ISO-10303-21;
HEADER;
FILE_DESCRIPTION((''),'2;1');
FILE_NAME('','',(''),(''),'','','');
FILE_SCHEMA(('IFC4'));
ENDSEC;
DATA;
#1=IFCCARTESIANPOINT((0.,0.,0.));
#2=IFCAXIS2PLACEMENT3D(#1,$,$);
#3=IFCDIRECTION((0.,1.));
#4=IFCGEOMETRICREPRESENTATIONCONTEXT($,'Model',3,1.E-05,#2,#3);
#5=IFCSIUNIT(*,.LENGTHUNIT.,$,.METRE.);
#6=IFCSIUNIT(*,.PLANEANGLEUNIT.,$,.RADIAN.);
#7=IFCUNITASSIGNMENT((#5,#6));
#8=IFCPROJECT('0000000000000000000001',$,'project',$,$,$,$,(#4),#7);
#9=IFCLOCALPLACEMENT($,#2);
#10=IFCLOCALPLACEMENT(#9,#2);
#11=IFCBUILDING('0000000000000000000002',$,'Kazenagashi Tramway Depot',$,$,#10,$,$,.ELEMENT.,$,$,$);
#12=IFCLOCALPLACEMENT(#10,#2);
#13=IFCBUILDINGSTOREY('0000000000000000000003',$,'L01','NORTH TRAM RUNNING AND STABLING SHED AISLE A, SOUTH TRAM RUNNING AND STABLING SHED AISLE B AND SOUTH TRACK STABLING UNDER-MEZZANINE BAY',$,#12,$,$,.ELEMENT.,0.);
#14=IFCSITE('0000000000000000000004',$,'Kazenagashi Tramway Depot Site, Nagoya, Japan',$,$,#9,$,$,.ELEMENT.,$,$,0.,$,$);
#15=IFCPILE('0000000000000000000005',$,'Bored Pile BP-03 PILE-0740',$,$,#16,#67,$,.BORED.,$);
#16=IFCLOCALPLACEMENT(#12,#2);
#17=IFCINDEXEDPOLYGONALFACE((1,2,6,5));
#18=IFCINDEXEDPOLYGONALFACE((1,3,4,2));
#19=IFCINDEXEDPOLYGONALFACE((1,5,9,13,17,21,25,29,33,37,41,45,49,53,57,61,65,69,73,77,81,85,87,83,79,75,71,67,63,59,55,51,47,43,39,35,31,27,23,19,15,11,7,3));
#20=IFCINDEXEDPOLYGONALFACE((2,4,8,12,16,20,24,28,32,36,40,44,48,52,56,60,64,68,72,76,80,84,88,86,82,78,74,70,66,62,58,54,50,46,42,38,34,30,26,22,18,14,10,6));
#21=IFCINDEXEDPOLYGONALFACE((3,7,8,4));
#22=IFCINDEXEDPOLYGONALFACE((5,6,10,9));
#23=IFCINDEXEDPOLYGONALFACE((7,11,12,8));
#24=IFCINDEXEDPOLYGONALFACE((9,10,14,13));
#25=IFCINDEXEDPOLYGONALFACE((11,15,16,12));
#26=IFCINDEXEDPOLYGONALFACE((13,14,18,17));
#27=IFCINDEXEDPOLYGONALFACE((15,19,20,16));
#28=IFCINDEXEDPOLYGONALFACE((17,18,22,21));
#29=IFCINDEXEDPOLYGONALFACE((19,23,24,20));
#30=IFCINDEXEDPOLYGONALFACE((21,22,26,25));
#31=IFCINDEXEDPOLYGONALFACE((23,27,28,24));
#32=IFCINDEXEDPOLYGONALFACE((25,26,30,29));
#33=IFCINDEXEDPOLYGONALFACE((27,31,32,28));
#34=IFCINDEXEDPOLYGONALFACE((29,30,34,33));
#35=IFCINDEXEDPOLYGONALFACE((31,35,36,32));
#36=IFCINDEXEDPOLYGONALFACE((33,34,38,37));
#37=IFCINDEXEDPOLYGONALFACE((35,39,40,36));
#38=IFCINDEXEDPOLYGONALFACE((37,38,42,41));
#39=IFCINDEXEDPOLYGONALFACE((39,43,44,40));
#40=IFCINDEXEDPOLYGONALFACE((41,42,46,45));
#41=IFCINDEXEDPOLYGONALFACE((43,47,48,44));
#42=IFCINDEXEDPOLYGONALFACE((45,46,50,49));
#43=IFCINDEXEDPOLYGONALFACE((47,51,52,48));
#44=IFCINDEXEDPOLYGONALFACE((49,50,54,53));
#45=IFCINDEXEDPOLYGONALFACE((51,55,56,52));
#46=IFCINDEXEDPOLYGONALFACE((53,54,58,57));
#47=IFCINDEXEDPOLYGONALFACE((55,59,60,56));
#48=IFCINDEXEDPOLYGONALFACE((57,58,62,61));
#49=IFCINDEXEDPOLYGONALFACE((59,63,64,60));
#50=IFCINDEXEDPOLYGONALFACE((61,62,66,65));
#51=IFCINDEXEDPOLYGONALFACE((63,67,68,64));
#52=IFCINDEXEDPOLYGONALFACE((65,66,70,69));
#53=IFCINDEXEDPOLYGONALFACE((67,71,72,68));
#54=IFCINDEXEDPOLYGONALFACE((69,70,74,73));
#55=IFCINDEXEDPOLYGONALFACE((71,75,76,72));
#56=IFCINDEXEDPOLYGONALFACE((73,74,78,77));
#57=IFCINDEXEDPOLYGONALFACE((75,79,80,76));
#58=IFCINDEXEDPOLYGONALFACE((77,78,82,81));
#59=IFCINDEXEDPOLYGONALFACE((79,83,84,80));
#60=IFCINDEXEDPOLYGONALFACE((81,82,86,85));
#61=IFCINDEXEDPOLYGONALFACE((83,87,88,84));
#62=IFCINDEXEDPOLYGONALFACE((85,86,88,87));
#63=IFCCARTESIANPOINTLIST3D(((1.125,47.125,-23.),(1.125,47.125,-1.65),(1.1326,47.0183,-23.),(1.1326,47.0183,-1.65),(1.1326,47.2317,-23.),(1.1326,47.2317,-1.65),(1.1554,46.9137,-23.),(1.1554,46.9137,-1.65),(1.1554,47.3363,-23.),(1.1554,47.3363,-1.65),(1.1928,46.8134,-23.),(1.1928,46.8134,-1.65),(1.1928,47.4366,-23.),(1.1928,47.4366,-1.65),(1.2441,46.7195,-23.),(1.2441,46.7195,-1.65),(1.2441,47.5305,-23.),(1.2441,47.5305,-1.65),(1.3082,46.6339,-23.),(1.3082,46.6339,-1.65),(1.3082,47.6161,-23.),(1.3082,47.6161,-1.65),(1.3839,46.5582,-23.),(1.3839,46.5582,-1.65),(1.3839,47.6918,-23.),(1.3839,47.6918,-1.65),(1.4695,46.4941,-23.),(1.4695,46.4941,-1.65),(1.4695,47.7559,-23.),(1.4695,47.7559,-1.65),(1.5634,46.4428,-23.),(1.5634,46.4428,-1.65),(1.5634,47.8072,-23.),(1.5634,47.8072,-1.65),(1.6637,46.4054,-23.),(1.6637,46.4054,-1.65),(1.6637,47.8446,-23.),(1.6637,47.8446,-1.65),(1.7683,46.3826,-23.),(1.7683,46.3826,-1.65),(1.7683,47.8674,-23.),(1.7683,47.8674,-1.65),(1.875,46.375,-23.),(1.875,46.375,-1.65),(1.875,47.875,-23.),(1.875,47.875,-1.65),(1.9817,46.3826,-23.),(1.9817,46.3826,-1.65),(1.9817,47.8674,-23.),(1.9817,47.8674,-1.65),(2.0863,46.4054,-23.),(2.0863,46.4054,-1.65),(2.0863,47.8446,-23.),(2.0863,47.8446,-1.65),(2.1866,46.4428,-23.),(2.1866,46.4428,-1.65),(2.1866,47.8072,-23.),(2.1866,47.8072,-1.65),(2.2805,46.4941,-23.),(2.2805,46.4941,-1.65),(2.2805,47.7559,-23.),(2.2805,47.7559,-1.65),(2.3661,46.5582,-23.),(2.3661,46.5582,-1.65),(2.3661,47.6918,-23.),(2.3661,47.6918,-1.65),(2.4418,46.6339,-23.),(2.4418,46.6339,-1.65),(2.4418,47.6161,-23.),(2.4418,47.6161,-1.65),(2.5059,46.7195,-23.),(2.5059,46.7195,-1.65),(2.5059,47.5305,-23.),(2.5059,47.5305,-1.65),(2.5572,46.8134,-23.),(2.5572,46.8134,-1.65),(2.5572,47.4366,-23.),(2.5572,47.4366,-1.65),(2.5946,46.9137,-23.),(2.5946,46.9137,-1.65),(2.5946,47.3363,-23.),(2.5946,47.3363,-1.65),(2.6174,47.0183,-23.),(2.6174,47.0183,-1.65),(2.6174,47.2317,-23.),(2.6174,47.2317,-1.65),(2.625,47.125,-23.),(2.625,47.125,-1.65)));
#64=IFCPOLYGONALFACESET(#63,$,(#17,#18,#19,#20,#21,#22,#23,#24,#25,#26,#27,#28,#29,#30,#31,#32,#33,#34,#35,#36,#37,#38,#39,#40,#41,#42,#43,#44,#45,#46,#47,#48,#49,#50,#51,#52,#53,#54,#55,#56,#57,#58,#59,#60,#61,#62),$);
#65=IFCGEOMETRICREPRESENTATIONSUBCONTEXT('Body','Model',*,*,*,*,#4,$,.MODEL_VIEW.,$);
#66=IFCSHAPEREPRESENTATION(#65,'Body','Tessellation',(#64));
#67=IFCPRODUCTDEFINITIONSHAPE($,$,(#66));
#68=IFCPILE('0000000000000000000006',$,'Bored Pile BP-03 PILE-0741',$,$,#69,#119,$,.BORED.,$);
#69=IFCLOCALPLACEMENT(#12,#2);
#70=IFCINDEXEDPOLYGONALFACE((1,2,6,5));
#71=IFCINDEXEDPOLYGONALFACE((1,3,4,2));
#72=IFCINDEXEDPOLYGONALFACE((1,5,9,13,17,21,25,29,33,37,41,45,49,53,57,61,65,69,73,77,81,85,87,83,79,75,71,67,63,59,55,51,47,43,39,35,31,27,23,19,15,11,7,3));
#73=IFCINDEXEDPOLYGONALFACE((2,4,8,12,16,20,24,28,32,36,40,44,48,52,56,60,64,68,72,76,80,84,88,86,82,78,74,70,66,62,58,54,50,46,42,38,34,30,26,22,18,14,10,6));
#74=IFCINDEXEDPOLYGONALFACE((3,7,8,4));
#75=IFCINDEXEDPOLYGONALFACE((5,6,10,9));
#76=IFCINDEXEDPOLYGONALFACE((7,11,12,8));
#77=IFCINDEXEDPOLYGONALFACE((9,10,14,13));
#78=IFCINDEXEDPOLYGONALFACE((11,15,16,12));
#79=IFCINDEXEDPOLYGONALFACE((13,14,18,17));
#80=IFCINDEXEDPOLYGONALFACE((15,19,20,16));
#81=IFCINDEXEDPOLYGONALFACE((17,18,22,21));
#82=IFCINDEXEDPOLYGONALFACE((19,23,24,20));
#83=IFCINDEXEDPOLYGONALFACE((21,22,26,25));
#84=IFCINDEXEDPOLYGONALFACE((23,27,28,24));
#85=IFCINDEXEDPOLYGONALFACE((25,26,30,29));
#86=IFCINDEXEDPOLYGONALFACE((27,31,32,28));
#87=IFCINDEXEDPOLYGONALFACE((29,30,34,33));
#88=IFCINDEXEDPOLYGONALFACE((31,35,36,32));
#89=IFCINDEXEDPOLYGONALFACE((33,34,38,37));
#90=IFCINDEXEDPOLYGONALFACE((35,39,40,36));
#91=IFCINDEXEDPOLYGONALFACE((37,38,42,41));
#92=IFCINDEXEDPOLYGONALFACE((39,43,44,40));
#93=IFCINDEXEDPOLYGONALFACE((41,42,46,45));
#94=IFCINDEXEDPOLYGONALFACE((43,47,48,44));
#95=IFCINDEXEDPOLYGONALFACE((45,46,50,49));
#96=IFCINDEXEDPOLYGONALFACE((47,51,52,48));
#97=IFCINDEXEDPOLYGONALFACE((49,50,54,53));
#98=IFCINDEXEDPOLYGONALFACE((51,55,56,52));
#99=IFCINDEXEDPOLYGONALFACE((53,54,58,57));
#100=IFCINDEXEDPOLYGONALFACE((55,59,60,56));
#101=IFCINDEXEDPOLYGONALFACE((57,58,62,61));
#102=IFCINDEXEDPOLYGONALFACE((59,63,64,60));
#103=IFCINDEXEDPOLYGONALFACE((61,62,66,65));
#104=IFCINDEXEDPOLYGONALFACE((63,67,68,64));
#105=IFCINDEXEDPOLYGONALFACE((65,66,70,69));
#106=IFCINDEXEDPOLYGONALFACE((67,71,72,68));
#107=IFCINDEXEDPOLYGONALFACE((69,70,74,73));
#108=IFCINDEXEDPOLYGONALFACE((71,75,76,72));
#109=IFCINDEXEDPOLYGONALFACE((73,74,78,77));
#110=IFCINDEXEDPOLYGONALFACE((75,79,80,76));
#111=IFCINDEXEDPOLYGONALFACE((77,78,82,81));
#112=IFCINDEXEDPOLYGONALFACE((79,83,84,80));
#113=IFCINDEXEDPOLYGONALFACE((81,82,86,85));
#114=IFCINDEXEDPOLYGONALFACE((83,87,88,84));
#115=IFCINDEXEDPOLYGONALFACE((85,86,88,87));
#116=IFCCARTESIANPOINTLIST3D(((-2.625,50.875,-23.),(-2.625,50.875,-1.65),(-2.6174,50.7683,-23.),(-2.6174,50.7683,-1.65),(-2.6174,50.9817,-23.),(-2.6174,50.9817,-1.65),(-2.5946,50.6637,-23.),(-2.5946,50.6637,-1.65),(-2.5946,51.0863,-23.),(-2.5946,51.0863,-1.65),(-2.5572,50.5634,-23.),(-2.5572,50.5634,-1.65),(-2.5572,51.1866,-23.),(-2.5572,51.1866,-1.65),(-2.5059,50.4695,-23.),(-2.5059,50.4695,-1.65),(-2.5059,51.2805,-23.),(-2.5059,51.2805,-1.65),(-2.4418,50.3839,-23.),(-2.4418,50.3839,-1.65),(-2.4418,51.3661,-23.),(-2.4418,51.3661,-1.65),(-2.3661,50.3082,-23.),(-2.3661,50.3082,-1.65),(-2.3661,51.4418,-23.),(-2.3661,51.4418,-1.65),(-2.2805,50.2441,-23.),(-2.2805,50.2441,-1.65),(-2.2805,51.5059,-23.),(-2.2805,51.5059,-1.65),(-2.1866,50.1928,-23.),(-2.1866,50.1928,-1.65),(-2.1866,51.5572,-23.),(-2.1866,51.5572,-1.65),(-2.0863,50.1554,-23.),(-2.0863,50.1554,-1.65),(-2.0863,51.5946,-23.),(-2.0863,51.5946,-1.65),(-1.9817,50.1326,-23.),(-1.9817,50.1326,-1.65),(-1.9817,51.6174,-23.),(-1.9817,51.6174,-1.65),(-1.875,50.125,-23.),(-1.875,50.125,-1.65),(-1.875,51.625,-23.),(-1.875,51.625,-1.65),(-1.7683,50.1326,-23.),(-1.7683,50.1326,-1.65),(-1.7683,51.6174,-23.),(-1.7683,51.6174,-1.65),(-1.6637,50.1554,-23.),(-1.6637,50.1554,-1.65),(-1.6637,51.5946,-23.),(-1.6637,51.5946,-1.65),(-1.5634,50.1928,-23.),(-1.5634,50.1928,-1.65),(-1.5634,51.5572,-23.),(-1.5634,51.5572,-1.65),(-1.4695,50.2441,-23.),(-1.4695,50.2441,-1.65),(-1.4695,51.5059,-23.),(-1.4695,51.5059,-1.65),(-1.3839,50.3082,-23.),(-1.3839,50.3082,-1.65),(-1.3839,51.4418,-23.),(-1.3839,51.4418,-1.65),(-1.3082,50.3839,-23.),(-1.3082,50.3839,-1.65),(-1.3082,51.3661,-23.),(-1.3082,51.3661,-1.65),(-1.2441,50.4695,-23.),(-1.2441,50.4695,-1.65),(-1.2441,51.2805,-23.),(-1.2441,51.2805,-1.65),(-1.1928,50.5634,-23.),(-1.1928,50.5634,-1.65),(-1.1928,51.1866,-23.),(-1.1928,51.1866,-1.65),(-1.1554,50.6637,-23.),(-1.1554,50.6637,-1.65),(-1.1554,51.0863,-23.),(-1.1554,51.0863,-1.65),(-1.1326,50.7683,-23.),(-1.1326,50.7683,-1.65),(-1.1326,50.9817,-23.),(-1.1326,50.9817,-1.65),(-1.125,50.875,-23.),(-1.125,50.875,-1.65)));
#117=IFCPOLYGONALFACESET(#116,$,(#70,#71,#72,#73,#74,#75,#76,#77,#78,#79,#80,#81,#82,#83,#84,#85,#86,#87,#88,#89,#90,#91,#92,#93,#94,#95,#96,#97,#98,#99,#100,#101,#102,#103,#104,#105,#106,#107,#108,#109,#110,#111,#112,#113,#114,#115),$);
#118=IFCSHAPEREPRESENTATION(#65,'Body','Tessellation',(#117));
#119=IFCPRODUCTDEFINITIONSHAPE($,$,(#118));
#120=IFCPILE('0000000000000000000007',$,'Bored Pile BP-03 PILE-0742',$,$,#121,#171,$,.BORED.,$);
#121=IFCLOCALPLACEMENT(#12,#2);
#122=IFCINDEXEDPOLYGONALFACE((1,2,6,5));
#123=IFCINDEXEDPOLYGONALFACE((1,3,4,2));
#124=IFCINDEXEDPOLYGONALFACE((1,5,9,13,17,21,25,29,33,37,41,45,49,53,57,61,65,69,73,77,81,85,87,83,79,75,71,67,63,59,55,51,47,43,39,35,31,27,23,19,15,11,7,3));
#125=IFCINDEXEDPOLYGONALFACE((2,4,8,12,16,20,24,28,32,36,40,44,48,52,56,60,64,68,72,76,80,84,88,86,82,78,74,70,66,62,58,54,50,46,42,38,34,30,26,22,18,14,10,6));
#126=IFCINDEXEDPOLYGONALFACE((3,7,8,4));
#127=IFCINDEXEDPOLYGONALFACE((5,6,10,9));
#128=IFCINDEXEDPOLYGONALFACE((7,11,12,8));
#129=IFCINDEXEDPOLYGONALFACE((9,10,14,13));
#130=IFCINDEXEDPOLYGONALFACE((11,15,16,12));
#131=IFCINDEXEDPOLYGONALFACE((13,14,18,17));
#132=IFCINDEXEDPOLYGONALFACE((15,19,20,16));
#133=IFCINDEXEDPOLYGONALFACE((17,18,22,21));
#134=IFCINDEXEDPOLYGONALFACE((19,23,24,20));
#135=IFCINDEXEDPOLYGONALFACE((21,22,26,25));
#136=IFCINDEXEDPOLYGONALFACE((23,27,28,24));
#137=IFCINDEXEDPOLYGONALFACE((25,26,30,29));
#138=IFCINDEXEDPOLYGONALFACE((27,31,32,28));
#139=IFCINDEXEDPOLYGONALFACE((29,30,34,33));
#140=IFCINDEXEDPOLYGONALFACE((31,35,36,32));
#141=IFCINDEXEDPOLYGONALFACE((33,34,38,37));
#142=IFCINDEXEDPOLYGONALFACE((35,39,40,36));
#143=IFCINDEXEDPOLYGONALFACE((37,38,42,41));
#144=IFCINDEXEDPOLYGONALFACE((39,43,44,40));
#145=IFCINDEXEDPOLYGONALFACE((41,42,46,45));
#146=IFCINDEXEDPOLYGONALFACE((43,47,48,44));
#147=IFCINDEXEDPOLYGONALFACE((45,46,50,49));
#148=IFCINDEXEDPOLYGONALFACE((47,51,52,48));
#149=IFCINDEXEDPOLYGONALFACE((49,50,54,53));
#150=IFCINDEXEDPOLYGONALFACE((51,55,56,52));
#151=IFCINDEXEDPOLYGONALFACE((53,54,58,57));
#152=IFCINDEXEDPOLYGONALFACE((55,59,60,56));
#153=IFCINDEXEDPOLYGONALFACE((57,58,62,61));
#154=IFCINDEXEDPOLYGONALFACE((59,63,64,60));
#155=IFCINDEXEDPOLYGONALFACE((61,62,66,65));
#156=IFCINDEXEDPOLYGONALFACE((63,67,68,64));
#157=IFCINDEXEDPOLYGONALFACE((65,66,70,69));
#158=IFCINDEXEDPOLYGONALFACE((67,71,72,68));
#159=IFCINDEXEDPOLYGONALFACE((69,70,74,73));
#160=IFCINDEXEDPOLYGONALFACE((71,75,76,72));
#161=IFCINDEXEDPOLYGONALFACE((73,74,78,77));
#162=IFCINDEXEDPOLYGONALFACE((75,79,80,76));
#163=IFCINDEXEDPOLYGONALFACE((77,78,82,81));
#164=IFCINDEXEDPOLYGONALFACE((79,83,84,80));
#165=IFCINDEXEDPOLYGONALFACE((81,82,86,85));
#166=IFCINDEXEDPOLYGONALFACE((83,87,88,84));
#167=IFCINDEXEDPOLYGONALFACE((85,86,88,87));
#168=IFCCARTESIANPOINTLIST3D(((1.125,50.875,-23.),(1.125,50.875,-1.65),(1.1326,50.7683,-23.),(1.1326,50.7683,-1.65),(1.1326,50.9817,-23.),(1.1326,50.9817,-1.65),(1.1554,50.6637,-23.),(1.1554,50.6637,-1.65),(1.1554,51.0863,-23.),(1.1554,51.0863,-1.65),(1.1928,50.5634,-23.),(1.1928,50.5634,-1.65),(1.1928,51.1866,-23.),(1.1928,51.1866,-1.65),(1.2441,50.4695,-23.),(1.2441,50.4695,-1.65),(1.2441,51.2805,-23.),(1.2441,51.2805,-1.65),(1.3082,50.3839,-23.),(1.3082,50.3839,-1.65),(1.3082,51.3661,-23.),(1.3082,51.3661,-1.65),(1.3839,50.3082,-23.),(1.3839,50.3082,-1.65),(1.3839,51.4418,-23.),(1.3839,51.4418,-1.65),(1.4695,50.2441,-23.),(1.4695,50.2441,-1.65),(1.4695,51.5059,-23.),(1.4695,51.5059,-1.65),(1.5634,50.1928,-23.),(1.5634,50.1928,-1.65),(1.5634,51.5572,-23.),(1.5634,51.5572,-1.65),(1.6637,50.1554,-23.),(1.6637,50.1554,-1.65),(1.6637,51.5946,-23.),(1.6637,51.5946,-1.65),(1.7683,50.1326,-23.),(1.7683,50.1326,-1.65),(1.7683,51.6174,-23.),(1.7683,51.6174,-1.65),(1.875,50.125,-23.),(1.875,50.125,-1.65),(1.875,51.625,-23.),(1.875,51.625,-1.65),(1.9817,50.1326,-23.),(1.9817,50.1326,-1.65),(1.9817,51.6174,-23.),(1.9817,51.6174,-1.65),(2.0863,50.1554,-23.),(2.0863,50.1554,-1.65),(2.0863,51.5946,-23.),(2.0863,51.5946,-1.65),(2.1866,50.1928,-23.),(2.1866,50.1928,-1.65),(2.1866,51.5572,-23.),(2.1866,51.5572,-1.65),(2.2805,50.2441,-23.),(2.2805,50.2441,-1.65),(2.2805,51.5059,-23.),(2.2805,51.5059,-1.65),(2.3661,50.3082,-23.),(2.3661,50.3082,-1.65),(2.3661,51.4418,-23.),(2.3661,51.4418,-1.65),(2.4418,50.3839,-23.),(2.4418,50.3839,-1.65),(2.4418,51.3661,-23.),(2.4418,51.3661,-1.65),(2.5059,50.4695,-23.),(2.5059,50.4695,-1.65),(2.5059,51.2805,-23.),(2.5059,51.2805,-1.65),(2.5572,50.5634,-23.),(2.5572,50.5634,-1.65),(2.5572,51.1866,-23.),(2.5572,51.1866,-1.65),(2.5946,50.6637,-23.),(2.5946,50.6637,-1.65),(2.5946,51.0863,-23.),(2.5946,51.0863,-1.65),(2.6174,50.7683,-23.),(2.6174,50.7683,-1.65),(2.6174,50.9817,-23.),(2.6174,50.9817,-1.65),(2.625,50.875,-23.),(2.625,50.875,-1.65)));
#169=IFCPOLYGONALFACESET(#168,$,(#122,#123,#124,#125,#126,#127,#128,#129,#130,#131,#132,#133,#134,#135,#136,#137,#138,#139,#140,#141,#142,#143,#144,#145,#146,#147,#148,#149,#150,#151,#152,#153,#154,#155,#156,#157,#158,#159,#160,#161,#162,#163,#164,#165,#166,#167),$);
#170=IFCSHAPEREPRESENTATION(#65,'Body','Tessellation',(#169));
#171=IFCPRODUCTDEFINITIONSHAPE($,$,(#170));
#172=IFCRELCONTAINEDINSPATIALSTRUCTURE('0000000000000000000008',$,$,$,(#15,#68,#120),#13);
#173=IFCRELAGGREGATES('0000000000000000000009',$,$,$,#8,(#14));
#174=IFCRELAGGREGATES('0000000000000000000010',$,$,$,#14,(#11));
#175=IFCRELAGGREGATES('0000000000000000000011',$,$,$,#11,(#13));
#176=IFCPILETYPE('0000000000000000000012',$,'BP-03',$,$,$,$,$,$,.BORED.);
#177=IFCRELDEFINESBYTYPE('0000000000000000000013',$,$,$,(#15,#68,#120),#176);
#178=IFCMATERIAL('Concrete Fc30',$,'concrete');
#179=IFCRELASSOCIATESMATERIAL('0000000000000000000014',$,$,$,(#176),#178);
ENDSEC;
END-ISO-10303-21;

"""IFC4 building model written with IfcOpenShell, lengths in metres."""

from ifc_helpers import new_model, si_unit, direction, frame, origin, origin_2d, place, context, subcontext, project, spatial, circle, extrude, material, material_profile, profile_set, type_object, element, save


model = new_model("IFC4")

# Units and contexts
model_context = context("Model", 3, precision=1e-05, world=origin(), true_north=direction((0.0, 1.0)))
body_context = subcontext(model_context, "Body", "Model", "MODEL_VIEW")
ifc_project = project(units=[si_unit("LENGTHUNIT", "METRE"), si_unit("PLANEANGLEUNIT", "RADIAN")], contexts=[model_context])

# Site, building, storey
site_placement = place(None, origin())
site = spatial("IfcSite", under=ifc_project, at=site_placement, Name="Kazenagashi Tramway Depot Site, Nagoya, Japan", CompositionType="ELEMENT", RefElevation=0.0)
building_placement = place(site_placement, origin())
building = spatial("IfcBuilding", under=site, at=building_placement, Name="Kazenagashi Tramway Depot", CompositionType="ELEMENT")
storey_placement = place(building_placement, origin())
storey = spatial("IfcBuildingStorey", under=building, at=storey_placement, Name="L01", Description="NORTH TRAM RUNNING AND STABLING SHED AISLE A, SOUTH TRAM RUNNING AND STABLING SHED AISLE B AND SOUTH TRACK STABLING UNDER-MEZZANINE BAY", CompositionType="ELEMENT", Elevation=0.0)

# Piles
ifc_material_1 = material(Name="Concrete Fc30", Category="concrete")
ifc_material_profile_1 = material_profile(ifc_material_1, circle(Radius=0.75, at=origin_2d()), Name="PILE-1500")
ifc_profile_set_1 = profile_set([ifc_material_profile_1], Name="Concrete Fc30")
pile_type = type_object("IfcPileType", Name="BP-03", PredefinedType="BORED", material=ifc_profile_set_1)
for number, where, z_axis, x_axis, name in (
    (1, (1.875, 47.125, -1.65), (0.0, 0.0, -1.0), (1.0, 0.0, 0.0), "Bored Pile BP-03 PILE-0740"),
    (2, (-1.875, 50.875, -1.65), (0.0, 0.0, -1.0), (1.0, 0.0, 0.0), "Bored Pile BP-03 PILE-0741"),
    (3, (1.875, 50.875, -1.65), (0.0, 0.0, -1.0), (1.0, 0.0, 0.0), "Bored Pile BP-03 PILE-0742"),
):
    element("IfcPile", number, at=place(storey_placement, frame(where, z_axis=z_axis, x_axis=x_axis)), inside=storey, type_object=pile_type, Name=name, PredefinedType="BORED", context=body_context, shape_type="SweptSolid", body=[
        extrude(circle(Radius=0.75, at=origin_2d()), origin(), (0.0, 0.0, 1.0), 21.35),
    ])

save(model, "model.ifc")
